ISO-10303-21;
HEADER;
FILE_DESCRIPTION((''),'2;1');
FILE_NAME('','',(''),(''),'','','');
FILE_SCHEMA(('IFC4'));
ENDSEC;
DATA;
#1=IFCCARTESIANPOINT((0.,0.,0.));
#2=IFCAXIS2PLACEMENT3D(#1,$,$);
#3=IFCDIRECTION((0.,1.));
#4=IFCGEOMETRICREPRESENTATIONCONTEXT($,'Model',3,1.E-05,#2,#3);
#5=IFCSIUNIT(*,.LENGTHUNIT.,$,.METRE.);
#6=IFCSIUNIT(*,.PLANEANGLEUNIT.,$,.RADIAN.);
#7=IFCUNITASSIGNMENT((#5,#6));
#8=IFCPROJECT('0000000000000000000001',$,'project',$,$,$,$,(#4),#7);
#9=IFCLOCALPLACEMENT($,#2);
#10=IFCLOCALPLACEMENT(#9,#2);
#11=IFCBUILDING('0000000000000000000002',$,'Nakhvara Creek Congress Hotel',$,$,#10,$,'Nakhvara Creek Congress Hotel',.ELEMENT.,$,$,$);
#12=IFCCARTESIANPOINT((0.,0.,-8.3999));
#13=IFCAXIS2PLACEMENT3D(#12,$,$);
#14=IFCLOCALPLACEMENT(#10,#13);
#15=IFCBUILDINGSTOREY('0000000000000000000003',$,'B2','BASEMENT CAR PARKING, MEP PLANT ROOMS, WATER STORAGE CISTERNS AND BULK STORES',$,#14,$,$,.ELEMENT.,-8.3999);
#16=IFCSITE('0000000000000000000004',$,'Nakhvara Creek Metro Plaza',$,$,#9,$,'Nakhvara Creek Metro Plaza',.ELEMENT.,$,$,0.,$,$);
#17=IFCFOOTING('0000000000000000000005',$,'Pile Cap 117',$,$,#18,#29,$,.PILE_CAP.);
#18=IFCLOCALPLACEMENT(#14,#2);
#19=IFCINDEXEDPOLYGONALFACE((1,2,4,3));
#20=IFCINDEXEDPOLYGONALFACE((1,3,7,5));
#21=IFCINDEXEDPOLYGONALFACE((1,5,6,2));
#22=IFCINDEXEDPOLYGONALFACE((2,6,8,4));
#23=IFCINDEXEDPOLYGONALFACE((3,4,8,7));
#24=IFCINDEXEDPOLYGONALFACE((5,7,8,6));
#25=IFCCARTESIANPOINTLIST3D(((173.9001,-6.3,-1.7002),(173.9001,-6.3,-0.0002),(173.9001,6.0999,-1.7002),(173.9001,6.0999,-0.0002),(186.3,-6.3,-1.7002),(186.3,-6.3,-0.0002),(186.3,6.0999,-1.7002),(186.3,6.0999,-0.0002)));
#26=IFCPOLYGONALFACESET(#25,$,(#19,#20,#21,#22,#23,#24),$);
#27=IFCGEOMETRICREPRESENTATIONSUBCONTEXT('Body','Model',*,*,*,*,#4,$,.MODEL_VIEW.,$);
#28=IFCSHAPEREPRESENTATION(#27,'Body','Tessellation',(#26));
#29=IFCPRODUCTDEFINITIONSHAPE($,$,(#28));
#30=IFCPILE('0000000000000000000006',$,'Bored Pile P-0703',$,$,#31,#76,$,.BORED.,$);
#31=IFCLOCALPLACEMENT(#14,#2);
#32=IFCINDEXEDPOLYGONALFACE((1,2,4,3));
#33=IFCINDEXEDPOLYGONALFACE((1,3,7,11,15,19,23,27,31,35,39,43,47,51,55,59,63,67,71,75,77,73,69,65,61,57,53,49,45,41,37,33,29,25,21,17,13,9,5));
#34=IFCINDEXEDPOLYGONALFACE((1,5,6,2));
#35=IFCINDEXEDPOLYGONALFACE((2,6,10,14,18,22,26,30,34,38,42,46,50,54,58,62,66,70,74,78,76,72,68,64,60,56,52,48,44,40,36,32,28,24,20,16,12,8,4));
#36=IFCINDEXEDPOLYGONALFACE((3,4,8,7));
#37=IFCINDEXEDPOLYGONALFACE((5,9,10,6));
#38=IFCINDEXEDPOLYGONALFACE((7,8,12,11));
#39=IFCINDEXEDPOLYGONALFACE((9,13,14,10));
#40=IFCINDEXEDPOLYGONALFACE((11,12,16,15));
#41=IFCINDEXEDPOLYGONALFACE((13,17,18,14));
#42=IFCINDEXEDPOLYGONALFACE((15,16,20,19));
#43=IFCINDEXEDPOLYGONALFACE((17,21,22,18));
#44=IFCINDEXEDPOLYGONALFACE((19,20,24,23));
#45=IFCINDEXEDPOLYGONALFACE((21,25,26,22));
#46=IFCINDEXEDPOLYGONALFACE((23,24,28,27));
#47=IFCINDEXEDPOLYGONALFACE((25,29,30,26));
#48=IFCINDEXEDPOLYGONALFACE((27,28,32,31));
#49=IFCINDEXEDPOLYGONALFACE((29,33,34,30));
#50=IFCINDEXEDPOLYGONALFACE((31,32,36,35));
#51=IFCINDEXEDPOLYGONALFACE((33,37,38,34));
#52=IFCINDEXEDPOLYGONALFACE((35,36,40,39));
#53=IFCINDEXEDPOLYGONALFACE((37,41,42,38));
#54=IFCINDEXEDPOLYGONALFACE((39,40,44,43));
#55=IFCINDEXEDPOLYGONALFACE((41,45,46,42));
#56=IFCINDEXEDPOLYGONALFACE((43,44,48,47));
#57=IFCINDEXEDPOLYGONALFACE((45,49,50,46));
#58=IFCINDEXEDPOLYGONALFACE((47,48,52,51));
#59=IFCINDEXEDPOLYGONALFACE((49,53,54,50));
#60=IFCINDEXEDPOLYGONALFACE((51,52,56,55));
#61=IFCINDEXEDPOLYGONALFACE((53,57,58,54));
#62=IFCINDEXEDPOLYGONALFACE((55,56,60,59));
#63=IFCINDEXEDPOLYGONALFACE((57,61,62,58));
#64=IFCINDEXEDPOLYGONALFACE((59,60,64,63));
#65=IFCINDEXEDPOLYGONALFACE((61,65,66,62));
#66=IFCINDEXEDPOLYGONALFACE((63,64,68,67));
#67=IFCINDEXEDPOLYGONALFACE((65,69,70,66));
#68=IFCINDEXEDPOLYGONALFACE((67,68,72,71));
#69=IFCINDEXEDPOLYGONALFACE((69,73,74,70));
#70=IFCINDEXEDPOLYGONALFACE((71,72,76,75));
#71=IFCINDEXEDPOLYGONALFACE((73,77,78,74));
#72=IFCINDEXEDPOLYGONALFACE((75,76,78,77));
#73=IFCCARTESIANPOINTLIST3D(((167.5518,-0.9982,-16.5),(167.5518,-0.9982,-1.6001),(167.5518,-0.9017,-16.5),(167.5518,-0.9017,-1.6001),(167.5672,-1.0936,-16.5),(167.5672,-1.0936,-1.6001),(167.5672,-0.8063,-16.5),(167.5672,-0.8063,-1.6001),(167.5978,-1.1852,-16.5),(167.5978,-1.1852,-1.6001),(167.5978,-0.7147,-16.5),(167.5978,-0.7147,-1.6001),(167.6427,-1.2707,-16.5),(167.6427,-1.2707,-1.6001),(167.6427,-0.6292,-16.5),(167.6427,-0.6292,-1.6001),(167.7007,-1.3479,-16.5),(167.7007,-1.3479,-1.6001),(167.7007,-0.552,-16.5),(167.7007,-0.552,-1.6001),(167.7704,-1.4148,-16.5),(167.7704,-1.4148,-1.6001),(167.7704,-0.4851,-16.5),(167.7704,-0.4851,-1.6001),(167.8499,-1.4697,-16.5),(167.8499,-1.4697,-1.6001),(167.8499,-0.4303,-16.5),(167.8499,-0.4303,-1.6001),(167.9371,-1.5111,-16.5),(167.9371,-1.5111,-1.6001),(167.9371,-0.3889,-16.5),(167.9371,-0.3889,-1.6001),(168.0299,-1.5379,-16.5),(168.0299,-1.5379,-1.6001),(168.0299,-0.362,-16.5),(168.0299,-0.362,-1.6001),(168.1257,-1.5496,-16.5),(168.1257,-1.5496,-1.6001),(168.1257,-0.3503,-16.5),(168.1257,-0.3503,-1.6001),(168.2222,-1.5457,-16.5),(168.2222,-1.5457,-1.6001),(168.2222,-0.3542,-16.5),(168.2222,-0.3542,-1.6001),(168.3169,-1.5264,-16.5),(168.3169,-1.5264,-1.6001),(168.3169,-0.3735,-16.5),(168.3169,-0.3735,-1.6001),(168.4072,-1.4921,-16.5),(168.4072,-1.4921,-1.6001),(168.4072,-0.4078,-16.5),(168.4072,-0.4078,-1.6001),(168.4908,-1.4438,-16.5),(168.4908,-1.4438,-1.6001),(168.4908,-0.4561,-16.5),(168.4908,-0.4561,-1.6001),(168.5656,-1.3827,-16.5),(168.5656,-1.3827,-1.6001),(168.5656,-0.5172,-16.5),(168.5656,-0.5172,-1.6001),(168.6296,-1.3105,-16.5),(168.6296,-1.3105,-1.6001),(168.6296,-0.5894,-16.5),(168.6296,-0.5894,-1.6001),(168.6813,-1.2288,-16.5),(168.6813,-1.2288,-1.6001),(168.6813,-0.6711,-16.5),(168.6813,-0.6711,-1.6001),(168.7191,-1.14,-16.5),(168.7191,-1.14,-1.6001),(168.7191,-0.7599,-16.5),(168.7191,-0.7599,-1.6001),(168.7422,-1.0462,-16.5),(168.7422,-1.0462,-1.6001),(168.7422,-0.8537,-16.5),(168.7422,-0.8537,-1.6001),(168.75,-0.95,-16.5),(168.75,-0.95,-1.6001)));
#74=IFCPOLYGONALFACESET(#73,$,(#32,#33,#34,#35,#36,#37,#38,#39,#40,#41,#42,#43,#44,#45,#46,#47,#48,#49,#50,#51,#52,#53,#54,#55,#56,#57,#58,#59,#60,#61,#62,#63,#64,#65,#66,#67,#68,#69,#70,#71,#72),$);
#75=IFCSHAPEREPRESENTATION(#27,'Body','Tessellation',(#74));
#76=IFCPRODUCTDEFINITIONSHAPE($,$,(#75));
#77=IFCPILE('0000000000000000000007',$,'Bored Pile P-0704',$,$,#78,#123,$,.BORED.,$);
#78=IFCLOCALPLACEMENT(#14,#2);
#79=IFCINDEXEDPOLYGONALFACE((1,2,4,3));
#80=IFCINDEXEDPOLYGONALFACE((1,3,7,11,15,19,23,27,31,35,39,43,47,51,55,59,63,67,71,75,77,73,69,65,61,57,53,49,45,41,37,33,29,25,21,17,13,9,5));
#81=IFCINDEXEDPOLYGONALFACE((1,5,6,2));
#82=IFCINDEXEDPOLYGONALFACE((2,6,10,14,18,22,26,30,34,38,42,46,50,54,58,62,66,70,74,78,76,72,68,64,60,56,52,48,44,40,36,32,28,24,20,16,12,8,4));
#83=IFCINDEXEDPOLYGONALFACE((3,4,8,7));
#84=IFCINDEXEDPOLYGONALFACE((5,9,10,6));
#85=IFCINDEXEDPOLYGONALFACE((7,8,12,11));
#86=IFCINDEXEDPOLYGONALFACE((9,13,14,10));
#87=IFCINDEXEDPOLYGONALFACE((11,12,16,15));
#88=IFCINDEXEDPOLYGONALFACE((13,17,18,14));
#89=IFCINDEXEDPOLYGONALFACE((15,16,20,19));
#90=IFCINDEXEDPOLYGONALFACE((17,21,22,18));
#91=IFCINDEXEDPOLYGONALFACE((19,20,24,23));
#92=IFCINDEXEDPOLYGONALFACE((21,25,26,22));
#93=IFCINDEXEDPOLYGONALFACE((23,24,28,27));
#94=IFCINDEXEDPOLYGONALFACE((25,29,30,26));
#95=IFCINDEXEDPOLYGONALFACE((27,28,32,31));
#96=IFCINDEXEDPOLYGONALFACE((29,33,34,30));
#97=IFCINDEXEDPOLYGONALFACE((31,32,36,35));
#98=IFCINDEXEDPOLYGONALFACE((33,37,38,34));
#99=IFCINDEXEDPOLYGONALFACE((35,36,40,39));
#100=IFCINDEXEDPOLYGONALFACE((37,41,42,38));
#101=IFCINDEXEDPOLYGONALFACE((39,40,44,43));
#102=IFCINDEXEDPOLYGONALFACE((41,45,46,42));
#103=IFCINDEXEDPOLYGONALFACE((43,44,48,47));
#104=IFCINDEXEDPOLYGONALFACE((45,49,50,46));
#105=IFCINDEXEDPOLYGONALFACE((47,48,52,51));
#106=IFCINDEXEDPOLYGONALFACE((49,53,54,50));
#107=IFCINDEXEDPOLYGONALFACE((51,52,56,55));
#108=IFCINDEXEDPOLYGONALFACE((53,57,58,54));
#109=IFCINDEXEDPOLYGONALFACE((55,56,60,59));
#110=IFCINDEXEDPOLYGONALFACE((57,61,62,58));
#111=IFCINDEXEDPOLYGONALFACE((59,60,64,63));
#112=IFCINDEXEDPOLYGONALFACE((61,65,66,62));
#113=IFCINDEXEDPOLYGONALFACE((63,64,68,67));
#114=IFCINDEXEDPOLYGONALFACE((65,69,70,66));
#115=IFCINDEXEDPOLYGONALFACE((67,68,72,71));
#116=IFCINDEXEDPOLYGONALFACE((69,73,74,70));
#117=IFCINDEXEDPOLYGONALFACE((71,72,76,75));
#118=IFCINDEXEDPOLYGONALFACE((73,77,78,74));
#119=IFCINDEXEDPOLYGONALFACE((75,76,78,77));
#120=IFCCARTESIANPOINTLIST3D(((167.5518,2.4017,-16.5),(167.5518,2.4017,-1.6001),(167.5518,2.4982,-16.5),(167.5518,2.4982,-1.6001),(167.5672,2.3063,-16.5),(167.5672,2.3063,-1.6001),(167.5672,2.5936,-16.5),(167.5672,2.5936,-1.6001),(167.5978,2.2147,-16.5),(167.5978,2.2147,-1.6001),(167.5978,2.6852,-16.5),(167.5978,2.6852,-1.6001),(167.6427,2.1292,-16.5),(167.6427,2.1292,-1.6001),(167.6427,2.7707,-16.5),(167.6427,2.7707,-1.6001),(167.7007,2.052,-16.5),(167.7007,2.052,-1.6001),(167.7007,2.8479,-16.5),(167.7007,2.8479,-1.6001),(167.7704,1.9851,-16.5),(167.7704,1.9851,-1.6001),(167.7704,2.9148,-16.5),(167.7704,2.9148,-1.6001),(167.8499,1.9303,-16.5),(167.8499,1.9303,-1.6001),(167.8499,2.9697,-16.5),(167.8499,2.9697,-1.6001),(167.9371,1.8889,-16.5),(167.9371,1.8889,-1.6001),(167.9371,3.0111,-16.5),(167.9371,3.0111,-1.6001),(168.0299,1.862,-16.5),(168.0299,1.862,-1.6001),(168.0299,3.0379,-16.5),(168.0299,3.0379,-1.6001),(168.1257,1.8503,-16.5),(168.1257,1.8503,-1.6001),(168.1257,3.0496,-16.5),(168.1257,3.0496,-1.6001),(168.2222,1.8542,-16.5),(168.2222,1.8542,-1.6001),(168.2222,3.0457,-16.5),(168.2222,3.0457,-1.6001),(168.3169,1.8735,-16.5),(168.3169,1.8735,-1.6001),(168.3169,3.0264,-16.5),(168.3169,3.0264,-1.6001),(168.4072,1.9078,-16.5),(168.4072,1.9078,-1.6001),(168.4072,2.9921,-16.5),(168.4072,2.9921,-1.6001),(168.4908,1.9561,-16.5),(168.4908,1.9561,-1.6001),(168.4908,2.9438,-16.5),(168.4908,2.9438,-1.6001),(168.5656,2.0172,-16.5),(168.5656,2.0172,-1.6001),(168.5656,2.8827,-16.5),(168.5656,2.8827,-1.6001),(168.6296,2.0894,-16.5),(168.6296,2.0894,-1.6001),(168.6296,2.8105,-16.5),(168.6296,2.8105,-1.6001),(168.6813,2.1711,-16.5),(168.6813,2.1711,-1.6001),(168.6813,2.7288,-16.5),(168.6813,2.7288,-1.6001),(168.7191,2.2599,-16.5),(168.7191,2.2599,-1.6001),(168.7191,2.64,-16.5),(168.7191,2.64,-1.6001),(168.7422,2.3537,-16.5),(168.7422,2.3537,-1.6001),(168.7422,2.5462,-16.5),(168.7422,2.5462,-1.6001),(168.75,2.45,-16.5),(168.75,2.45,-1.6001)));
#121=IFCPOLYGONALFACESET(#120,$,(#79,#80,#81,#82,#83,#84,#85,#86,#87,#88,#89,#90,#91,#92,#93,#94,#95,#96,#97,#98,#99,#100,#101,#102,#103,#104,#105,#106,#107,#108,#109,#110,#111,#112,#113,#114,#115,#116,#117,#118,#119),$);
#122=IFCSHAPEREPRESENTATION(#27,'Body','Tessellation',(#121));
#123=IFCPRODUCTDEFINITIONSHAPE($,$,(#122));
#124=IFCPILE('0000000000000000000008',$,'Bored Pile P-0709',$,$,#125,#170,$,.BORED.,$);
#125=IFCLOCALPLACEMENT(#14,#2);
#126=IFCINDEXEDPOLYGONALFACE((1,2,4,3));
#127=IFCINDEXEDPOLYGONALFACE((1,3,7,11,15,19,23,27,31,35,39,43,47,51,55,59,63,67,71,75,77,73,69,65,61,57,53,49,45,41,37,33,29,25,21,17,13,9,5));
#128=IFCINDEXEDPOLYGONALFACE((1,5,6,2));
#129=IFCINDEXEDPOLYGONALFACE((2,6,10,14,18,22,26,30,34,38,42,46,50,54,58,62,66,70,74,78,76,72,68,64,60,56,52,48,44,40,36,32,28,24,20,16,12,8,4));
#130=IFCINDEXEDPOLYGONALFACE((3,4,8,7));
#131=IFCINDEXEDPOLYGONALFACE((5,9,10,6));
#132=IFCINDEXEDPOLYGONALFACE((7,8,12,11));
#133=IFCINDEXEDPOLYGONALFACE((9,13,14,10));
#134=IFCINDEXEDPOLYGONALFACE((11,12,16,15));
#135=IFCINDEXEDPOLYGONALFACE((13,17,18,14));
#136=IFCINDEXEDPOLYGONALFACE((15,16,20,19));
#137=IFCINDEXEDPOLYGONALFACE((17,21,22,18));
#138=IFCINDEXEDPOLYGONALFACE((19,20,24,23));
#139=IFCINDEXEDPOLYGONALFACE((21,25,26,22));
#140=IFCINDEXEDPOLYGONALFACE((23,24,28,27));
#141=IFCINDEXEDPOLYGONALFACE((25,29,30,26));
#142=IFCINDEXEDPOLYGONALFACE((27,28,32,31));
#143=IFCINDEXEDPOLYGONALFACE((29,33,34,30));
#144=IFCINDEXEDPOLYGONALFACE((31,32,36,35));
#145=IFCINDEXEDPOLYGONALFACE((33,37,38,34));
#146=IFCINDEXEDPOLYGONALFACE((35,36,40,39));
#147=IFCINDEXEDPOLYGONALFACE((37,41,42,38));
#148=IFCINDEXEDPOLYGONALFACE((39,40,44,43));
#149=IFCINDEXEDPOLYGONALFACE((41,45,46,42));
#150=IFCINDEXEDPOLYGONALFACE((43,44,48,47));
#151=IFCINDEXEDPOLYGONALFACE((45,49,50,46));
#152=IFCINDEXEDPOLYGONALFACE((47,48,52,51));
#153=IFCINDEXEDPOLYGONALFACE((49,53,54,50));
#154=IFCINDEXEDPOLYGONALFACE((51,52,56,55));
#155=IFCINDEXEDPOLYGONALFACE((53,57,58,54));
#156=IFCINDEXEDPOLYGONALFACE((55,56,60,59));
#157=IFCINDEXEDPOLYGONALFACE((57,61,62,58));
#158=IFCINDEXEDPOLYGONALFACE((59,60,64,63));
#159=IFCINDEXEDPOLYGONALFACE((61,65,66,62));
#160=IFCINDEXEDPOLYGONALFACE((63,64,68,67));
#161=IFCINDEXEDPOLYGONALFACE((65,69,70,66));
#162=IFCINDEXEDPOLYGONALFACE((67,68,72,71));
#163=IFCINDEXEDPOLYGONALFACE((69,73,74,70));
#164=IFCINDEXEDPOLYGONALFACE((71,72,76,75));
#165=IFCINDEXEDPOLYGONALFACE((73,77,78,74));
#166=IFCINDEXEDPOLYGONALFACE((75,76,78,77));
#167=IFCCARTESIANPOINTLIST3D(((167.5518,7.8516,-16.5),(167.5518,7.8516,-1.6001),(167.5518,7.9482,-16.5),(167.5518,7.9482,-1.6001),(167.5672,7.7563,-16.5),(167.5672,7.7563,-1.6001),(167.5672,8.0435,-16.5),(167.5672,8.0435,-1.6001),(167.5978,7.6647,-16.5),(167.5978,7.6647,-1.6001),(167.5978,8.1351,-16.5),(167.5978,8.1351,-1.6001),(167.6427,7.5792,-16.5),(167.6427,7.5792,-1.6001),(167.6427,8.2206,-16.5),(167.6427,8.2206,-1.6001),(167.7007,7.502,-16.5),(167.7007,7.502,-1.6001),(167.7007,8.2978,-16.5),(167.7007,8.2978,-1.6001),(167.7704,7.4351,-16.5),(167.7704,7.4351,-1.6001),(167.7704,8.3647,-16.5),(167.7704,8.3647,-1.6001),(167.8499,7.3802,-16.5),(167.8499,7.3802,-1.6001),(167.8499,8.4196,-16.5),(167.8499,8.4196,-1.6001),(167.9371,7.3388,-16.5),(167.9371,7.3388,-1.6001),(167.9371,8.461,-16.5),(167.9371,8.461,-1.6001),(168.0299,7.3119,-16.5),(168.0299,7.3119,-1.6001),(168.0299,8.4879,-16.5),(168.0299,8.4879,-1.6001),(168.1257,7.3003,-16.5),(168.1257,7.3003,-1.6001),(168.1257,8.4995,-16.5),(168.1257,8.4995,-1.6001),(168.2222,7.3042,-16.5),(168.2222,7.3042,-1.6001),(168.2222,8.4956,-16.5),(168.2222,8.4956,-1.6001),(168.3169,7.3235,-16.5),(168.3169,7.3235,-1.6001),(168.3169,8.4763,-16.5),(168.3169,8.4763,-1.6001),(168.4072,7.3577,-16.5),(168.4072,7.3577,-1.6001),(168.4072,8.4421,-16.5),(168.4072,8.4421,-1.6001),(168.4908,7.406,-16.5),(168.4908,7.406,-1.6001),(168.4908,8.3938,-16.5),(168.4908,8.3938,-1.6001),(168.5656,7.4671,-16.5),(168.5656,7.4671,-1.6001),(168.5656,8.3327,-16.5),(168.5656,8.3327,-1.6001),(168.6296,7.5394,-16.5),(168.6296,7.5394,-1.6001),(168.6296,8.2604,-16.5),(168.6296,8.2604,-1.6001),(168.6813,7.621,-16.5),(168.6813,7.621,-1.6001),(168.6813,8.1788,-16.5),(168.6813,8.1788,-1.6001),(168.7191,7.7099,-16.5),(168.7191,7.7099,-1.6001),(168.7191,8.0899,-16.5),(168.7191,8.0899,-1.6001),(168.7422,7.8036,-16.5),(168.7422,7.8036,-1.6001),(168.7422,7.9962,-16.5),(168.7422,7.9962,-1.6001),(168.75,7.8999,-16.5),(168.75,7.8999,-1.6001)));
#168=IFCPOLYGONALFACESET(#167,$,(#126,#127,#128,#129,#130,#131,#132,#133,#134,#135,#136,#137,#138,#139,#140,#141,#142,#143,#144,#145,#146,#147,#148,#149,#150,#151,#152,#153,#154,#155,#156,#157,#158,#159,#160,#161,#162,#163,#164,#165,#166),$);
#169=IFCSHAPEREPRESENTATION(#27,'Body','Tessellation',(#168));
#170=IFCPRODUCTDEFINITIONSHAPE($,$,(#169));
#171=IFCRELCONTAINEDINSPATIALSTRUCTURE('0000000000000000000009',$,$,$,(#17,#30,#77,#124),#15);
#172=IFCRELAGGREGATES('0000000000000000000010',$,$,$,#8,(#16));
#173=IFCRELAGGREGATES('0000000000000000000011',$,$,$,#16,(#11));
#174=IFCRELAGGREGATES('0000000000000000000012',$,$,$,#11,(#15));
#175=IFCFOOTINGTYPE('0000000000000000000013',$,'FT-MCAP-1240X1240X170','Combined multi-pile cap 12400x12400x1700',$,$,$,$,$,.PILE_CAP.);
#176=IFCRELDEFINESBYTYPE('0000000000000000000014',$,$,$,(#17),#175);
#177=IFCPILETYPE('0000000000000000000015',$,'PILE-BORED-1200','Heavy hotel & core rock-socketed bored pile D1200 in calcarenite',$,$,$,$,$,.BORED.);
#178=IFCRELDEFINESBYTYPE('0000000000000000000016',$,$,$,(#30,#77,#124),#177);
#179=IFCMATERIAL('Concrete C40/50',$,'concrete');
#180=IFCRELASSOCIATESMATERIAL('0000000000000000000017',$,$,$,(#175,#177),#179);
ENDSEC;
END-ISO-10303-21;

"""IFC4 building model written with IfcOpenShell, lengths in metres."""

from ifc_helpers import new_model, si_unit, direction, frame, origin, origin_2d, place, context, subcontext, project, spatial, rectangle, circle, extrude, material, material_profile, profile_set, type_object, element, save


model = new_model("IFC4")

# Units and contexts
model_context = context("Model", 3, precision=1e-05, world=origin(), true_north=direction((0.0, 1.0)))
body_context = subcontext(model_context, "Body", "Model", "MODEL_VIEW")
ifc_project = project(units=[si_unit("LENGTHUNIT", "METRE"), si_unit("PLANEANGLEUNIT", "RADIAN")], contexts=[model_context])

# Site, building, storey
site_placement = place(None, origin())
site = spatial("IfcSite", under=ifc_project, at=site_placement, Name="Nakhvara Creek Metro Plaza", LongName="Nakhvara Creek Metro Plaza", CompositionType="ELEMENT", RefElevation=0.0)
building_placement = place(site_placement, origin())
building = spatial("IfcBuilding", under=site, at=building_placement, Name="Nakhvara Creek Congress Hotel", LongName="Nakhvara Creek Congress Hotel", CompositionType="ELEMENT")
storey_placement = place(building_placement, frame((0.0, 0.0, -8.3999)))
storey = spatial("IfcBuildingStorey", under=building, at=storey_placement, Name="B2", Description="BASEMENT CAR PARKING, MEP PLANT ROOMS, WATER STORAGE CISTERNS AND BULK STORES", CompositionType="ELEMENT", Elevation=-8.3999)

# Footing
ifc_material_1 = material(Name="Concrete C40/50", Category="concrete")
footing_type = type_object("IfcFootingType", Name="FT-MCAP-1240X1240X170", Description="Combined multi-pile cap 12400x12400x1700", PredefinedType="PILE_CAP", material=ifc_material_1)
footing_placement = place(storey_placement, frame((180.1001, -0.1001, -1.7002), z_axis=(0.0, 0.0, 1.0), x_axis=(1.0, 0.0, 0.0)))
element("IfcFooting", 1, at=footing_placement, inside=storey, type_object=footing_type, Name="Pile Cap 117", PredefinedType="PILE_CAP", context=body_context, shape_type="SweptSolid", body=[
    extrude(rectangle(XDim=12.3999, YDim=12.3999, at=origin_2d()), origin(), (0.0, 0.0, 1.0), 1.7),
])

# Piles
ifc_material_profile_1 = material_profile(ifc_material_1, circle(Radius=0.6001, at=origin_2d()), Name="BORED PILE D1200", Category="LoadBearing")
ifc_profile_set_1 = profile_set([ifc_material_profile_1], Name="Concrete C40/50")
pile_type = type_object("IfcPileType", Name="PILE-BORED-1200", Description="Heavy hotel & core rock-socketed bored pile D1200 in calcarenite", PredefinedType="BORED", material=ifc_profile_set_1)
for number, where, z_axis, x_axis, name in (
    (2, (168.1499, -0.95, -1.6001), (0.0, 0.0, -1.0), (1.0, 0.0, 0.0), "Bored Pile P-0703"),
    (3, (168.1499, 2.45, -1.6001), (0.0, 0.0, -1.0), (1.0, 0.0, 0.0), "Bored Pile P-0704"),
    (4, (168.1499, 7.8999, -1.6001), (0.0, 0.0, -1.0), (1.0, 0.0, 0.0), "Bored Pile P-0709"),
):
    element("IfcPile", number, at=place(storey_placement, frame(where, z_axis=z_axis, x_axis=x_axis)), inside=storey, type_object=pile_type, Name=name, PredefinedType="BORED", context=body_context, shape_type="SweptSolid", body=[
        extrude(circle(Radius=0.6001, at=origin_2d()), origin(), (0.0, 0.0, 1.0), 14.8999),
    ])

save(model, "model.ifc")
